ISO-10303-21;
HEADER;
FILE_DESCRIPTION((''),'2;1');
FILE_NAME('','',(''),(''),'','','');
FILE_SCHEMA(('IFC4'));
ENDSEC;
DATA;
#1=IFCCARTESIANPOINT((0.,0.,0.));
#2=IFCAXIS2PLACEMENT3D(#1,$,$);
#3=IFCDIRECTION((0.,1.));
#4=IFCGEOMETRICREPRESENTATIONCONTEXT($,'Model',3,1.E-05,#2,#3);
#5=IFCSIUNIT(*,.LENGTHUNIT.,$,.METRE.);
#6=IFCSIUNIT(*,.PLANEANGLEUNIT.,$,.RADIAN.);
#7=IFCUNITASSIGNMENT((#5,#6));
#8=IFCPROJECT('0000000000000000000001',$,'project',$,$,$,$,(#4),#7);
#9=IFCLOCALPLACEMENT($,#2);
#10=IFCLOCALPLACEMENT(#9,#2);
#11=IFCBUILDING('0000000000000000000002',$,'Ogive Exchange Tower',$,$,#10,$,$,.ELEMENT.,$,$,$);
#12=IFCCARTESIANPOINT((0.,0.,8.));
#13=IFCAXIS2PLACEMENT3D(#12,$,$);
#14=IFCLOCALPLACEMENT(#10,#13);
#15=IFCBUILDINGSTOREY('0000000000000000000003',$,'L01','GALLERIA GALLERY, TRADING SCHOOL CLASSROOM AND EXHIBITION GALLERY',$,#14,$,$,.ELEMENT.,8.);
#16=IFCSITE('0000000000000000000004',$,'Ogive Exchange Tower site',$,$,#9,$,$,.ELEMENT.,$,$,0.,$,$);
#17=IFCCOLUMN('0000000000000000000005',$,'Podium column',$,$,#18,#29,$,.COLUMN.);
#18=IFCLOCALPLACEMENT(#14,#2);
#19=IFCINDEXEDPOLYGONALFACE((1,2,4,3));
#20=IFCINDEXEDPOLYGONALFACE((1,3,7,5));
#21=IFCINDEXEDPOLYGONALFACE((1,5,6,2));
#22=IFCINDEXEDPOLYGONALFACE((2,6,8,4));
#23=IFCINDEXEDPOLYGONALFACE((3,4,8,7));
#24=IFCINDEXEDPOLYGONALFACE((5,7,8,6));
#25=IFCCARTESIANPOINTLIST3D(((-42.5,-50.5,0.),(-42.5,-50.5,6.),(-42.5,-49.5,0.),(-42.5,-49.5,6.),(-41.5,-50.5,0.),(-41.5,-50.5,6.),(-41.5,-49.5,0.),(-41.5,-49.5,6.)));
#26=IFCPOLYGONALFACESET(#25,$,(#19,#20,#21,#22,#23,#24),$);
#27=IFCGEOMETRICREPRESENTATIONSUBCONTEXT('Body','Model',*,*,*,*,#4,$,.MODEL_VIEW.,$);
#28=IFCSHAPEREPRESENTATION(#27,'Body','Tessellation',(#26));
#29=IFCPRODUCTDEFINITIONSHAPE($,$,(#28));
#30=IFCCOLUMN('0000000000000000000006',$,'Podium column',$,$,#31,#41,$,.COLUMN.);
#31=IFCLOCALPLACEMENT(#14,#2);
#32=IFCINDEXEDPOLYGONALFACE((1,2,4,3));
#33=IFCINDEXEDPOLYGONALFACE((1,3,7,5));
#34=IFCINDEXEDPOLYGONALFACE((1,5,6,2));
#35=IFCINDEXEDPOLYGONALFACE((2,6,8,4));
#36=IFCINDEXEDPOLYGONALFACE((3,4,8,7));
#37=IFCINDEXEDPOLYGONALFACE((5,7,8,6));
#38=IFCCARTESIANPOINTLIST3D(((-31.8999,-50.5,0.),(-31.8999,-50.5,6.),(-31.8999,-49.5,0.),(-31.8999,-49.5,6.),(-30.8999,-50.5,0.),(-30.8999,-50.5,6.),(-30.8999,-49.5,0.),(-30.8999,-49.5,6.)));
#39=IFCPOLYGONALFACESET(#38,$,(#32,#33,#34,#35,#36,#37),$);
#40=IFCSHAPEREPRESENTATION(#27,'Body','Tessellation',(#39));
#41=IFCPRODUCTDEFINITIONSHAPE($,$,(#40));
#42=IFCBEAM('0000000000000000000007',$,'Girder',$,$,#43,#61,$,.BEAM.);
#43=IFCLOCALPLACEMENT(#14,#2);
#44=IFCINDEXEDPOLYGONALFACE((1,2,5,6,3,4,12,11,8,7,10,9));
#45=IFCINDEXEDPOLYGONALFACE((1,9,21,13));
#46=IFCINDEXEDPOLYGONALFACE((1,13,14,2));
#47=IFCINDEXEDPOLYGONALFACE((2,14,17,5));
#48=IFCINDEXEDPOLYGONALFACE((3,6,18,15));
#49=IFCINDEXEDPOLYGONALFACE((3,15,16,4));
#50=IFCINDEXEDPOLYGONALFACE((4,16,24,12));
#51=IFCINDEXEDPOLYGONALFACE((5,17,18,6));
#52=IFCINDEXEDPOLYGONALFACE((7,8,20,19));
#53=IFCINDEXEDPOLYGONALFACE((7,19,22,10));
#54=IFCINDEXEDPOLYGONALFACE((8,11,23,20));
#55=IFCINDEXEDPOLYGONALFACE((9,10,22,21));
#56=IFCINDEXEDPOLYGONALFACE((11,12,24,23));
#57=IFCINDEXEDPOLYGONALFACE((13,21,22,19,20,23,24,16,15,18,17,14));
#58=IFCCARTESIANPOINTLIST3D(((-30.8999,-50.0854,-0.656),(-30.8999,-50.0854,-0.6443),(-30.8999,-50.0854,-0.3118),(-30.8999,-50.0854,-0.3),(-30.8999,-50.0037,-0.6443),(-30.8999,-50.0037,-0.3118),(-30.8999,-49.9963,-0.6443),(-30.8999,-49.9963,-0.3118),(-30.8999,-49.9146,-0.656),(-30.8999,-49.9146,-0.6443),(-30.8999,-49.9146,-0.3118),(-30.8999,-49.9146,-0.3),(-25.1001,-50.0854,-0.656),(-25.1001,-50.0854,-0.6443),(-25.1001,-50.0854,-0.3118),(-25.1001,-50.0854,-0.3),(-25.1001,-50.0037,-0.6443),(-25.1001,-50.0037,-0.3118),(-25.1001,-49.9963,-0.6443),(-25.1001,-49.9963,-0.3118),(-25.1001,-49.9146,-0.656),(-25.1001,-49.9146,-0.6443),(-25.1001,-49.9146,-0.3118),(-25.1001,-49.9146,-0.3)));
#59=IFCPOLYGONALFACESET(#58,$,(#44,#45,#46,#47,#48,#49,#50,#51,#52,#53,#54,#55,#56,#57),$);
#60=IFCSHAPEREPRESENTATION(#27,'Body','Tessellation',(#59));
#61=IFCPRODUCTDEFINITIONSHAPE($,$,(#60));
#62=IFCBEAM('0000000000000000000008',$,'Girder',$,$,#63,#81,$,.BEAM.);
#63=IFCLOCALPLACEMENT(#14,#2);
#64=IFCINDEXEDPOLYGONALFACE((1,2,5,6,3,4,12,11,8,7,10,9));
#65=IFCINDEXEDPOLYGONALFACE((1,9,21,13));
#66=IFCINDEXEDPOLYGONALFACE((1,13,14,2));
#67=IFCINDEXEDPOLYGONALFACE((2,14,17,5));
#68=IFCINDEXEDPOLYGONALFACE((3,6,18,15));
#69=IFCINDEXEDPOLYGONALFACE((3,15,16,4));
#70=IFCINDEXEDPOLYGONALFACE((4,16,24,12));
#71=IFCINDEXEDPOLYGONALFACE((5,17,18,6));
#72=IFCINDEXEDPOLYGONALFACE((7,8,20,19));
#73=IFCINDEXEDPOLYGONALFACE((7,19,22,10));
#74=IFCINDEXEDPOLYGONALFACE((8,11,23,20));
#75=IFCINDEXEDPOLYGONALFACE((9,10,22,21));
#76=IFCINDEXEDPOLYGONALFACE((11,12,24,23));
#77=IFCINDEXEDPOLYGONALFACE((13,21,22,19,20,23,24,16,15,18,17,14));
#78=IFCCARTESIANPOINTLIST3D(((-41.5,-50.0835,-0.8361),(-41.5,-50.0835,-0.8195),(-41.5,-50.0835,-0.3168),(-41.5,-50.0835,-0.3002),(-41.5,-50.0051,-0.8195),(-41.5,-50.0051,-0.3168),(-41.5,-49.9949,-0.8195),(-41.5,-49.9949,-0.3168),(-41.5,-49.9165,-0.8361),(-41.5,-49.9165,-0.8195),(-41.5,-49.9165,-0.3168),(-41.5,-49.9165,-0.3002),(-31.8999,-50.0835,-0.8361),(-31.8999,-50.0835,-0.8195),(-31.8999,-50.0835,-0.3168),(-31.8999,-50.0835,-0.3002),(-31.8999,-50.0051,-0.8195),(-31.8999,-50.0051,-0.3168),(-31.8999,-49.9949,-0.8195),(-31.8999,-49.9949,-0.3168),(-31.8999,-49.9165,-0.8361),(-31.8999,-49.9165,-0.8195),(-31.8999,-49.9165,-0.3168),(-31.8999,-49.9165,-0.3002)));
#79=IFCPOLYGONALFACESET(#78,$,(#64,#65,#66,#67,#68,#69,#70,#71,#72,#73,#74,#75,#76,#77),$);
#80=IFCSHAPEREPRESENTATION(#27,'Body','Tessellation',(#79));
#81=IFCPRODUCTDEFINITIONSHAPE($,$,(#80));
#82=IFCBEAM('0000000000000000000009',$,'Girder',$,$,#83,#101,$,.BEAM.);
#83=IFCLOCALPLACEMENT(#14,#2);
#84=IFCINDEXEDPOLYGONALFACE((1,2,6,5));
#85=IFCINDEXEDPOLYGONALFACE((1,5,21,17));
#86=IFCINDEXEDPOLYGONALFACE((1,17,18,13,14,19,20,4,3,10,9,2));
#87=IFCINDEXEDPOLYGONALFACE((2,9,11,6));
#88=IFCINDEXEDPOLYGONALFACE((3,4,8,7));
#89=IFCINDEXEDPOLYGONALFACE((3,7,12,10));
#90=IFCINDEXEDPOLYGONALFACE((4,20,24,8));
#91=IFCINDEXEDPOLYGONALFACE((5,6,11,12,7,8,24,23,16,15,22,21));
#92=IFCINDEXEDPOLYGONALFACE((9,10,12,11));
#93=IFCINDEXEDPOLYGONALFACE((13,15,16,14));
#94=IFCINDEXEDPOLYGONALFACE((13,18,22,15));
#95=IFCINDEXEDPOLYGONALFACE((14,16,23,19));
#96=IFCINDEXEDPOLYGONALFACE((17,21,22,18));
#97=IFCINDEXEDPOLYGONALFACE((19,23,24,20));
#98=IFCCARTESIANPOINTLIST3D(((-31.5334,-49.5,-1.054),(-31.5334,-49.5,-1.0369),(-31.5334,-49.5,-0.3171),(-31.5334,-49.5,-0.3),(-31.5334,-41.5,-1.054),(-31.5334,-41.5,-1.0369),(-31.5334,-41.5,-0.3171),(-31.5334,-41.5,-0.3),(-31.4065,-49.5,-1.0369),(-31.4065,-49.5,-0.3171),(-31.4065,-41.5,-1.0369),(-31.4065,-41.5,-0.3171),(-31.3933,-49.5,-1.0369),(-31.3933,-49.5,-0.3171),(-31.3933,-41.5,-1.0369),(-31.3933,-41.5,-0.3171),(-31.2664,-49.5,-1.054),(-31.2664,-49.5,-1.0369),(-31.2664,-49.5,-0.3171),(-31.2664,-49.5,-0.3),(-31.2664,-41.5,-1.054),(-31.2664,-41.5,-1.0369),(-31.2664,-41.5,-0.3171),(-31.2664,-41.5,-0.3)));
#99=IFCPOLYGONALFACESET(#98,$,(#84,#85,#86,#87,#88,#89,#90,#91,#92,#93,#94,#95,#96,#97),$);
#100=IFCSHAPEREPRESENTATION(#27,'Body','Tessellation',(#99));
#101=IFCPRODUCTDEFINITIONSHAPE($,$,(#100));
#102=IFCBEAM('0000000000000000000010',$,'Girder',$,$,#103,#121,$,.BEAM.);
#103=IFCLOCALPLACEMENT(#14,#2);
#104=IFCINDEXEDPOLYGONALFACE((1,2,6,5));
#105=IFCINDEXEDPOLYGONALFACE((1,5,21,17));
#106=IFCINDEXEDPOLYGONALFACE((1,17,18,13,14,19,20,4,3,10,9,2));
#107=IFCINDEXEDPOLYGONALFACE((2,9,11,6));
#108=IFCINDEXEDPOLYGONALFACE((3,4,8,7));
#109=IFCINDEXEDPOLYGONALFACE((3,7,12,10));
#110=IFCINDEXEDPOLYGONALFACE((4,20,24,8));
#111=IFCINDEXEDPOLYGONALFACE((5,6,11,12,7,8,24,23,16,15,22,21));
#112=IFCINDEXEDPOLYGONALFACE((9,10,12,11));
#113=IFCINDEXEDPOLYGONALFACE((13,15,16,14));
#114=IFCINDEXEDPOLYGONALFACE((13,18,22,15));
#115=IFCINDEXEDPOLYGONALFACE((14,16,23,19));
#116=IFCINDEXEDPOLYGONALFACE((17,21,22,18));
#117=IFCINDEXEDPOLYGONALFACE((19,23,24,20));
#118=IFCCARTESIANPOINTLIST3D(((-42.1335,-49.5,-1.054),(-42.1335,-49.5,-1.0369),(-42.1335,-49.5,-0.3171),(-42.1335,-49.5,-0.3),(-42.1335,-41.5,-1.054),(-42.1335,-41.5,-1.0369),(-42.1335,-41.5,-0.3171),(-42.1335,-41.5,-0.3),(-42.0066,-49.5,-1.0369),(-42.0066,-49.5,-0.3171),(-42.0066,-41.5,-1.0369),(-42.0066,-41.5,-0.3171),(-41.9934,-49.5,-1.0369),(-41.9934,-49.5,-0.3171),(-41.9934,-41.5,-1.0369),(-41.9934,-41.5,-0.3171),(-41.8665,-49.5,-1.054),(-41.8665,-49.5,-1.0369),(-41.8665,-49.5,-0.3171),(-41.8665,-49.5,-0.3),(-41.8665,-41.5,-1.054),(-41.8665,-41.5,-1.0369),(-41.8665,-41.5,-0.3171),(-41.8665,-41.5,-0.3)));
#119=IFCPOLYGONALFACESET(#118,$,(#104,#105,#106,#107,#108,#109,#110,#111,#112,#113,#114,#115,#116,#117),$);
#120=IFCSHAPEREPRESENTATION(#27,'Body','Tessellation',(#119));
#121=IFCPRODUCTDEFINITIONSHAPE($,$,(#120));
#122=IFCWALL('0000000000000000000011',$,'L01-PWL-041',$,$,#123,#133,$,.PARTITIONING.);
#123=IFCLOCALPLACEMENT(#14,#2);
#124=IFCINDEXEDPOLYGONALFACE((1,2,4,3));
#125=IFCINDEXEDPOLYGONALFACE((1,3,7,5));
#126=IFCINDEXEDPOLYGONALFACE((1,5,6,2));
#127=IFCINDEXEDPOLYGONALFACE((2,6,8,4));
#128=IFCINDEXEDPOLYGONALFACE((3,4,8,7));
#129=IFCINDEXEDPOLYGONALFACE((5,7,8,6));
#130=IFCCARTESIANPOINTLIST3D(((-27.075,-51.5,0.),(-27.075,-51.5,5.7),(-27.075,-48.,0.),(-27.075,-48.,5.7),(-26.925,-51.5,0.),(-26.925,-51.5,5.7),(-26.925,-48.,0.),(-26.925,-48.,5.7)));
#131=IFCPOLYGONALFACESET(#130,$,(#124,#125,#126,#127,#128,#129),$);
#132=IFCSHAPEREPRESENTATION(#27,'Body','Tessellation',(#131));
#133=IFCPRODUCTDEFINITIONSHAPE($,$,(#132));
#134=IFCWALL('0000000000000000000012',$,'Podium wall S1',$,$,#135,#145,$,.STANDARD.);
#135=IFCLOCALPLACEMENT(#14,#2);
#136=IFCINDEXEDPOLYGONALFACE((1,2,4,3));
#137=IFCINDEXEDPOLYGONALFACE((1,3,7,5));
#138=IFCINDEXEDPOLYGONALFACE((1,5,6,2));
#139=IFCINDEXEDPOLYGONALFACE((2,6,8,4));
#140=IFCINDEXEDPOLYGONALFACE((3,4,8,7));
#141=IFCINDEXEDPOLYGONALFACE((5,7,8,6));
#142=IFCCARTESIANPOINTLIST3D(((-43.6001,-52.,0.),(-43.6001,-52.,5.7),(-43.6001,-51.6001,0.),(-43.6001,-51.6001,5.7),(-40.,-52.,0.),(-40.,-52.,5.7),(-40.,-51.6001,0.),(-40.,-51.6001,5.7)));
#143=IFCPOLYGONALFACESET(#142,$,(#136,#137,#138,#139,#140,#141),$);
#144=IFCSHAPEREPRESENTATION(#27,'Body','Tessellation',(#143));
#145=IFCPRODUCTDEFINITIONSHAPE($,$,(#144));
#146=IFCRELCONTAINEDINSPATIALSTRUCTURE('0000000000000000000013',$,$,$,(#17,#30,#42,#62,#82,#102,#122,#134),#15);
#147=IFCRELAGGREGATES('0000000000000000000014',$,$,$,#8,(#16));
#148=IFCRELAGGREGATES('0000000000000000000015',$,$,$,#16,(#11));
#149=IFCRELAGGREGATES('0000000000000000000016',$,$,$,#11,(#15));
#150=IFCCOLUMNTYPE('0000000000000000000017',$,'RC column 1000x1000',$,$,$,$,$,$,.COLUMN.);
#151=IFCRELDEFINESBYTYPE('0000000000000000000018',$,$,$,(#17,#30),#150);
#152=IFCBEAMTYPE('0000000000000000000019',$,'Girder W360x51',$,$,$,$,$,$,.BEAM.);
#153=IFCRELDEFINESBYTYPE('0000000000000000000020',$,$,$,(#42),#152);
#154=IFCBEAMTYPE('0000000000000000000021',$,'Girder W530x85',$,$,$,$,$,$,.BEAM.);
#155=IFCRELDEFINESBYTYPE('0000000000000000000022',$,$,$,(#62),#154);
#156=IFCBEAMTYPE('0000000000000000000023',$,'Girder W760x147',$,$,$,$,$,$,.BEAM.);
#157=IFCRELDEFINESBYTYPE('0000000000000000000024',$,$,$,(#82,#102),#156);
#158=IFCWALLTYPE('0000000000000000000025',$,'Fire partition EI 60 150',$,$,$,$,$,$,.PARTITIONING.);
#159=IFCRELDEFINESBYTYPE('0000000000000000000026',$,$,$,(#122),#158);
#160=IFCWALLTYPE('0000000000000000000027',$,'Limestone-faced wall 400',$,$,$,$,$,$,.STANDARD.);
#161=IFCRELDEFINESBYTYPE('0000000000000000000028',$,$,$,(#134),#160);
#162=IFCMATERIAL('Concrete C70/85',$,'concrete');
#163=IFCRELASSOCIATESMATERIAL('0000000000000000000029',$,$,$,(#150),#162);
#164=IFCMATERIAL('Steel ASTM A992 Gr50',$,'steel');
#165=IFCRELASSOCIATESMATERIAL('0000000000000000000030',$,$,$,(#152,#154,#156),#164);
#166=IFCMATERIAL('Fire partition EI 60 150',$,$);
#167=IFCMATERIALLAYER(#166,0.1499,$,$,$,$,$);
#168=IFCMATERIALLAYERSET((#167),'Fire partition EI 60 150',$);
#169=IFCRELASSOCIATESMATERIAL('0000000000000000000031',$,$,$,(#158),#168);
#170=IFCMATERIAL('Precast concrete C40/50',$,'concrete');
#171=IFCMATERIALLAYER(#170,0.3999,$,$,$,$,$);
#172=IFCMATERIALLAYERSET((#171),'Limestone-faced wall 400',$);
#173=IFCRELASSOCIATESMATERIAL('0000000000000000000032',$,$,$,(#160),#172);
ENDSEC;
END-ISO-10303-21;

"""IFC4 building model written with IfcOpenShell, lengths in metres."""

from ifc_helpers import new_model, si_unit, direction, frame, frame_2d, origin, origin_2d, place, context, subcontext, project, spatial, rectangle, i_section, extrude, material, layer, layer_set, material_profile, profile_set, type_object, element, save


model = new_model("IFC4")

# Units and contexts
model_context = context("Model", 3, precision=1e-05, world=origin(), true_north=direction((0.0, 1.0)))
body_context = subcontext(model_context, "Body", "Model", "MODEL_VIEW")
ifc_project = project(units=[si_unit("LENGTHUNIT", "METRE"), si_unit("PLANEANGLEUNIT", "RADIAN")], contexts=[model_context])

# Site, building, storey
site_placement = place(None, origin())
site = spatial("IfcSite", under=ifc_project, at=site_placement, Name="Ogive Exchange Tower site", CompositionType="ELEMENT", RefElevation=0.0)
building_placement = place(site_placement, origin())
building = spatial("IfcBuilding", under=site, at=building_placement, Name="Ogive Exchange Tower", CompositionType="ELEMENT")
storey_placement = place(building_placement, frame((0.0, 0.0, 8.0)))
storey = spatial("IfcBuildingStorey", under=building, at=storey_placement, Name="L01", Description="GALLERIA GALLERY, TRADING SCHOOL CLASSROOM AND EXHIBITION GALLERY", CompositionType="ELEMENT", Elevation=8.0)

# Columns
ifc_material_1 = material(Name="Concrete C70/85", Category="concrete")
ifc_material_profile_1 = material_profile(ifc_material_1, rectangle(XDim=1.0, YDim=1.0, at=origin_2d()), Name="RC 1000x1000")
ifc_profile_set_1 = profile_set([ifc_material_profile_1], Name="Concrete C70/85")
column_type = type_object("IfcColumnType", Name="RC column 1000x1000", PredefinedType="COLUMN", material=ifc_profile_set_1)
for number, where, z_axis, x_axis, name in (
    (1, (-42.0, -50.0, 0.0), (0.0, 0.0, 1.0), (1.0, 0.0, 0.0), "Podium column"),
    (2, (-31.3999, -50.0, 0.0), (0.0, 0.0, 1.0), (1.0, 0.0, 0.0), "Podium column"),
):
    element("IfcColumn", number, at=place(storey_placement, frame(where, z_axis=z_axis, x_axis=x_axis)), inside=storey, type_object=column_type, Name=name, PredefinedType="COLUMN", context=body_context, shape_type="SweptSolid", body=[
        extrude(rectangle(XDim=1.0, YDim=1.0, at=origin_2d()), origin(), (0.0, 0.0, 1.0), 6.0),
    ])

# Beams
ifc_material_2 = material(Name="Steel ASTM A992 Gr50", Category="steel")
ifc_material_profile_2 = material_profile(ifc_material_2, i_section(OverallWidth=0.1709, OverallDepth=0.356, WebThickness=0.0073, FlangeThickness=0.0117, at=origin_2d()), Name="W360x51")
ifc_profile_set_2 = profile_set([ifc_material_profile_2], Name="Steel ASTM A992 Gr50")
beam_type_1 = type_object("IfcBeamType", Name="Girder W360x51", PredefinedType="BEAM", material=ifc_profile_set_2)
beam_1_placement = place(storey_placement, frame((-30.8999, -50.0, -0.478), z_axis=(1.0, 0.0, 0.0), x_axis=(0.0, 1.0, 0.0)))
element("IfcBeam", 3, at=beam_1_placement, inside=storey, type_object=beam_type_1, Name="Girder", PredefinedType="BEAM", context=body_context, shape_type="SweptSolid", body=[
    extrude(i_section(OverallWidth=0.1709, OverallDepth=0.356, WebThickness=0.0073, FlangeThickness=0.0117, at=origin_2d()), origin(), (0.0, 0.0, 1.0), 5.7998),
])
ifc_material_profile_3 = material_profile(ifc_material_2, i_section(OverallWidth=0.167, OverallDepth=0.5359, WebThickness=0.0103, FlangeThickness=0.0166, at=origin_2d()), Name="W530x85")
ifc_profile_set_3 = profile_set([ifc_material_profile_3], Name="Steel ASTM A992 Gr50")
beam_type_2 = type_object("IfcBeamType", Name="Girder W530x85", PredefinedType="BEAM", material=ifc_profile_set_3)
beam_2_placement = place(storey_placement, frame((-41.5, -50.0, -0.5681), z_axis=(1.0, 0.0, 0.0), x_axis=(0.0, 1.0, 0.0)))
element("IfcBeam", 4, at=beam_2_placement, inside=storey, type_object=beam_type_2, Name="Girder", PredefinedType="BEAM", context=body_context, shape_type="SweptSolid", body=[
    extrude(i_section(OverallWidth=0.167, OverallDepth=0.5359, WebThickness=0.0103, FlangeThickness=0.0166, at=origin_2d()), origin(), (0.0, 0.0, 1.0), 9.6001),
])
ifc_material_profile_4 = material_profile(ifc_material_2, i_section(OverallWidth=0.2671, OverallDepth=0.7539, WebThickness=0.0132, FlangeThickness=0.0171, at=origin_2d()), Name="W760x147")
ifc_profile_set_4 = profile_set([ifc_material_profile_4], Name="Steel ASTM A992 Gr50")
beam_type_3 = type_object("IfcBeamType", Name="Girder W760x147", PredefinedType="BEAM", material=ifc_profile_set_4)
for number, where, z_axis, x_axis, name in (
    (5, (-31.3999, -49.5, -0.677), (0.0, 1.0, 0.0), (-1.0, 0.0, 0.0), "Girder"),
    (6, (-42.0, -49.5, -0.677), (0.0, 1.0, 0.0), (-1.0, 0.0, 0.0), "Girder"),
):
    element("IfcBeam", number, at=place(storey_placement, frame(where, z_axis=z_axis, x_axis=x_axis)), inside=storey, type_object=beam_type_3, Name=name, PredefinedType="BEAM", context=body_context, shape_type="SweptSolid", body=[
        extrude(i_section(OverallWidth=0.2671, OverallDepth=0.7539, WebThickness=0.0132, FlangeThickness=0.0171, at=origin_2d()), origin(), (0.0, 0.0, 1.0), 8.0),
    ])

# Walls
ifc_material_3 = material(Name="Fire partition EI 60 150")
ifc_layer_1 = layer(ifc_material_3, 0.1499)
ifc_layer_set_1 = layer_set([ifc_layer_1], Name="Fire partition EI 60 150")
wall_type_1 = type_object("IfcWallType", Name="Fire partition EI 60 150", PredefinedType="PARTITIONING", material=ifc_layer_set_1)
wall_1_placement = place(storey_placement, frame((-27.0, -51.5, 0.0), z_axis=(0.0, 0.0, 1.0), x_axis=(0.0, 1.0, 0.0)))
element("IfcWall", 7, at=wall_1_placement, inside=storey, type_object=wall_type_1, Name="L01-PWL-041", PredefinedType="PARTITIONING", context=body_context, shape_type="SweptSolid", body=[
    extrude(rectangle(XDim=3.5, YDim=0.1499, at=frame_2d((1.75, 0.0))), origin(), (0.0, 0.0, 1.0), 5.7),
])
ifc_material_4 = material(Name="Precast concrete C40/50", Category="concrete")
ifc_layer_2 = layer(ifc_material_4, 0.3999)
ifc_layer_set_2 = layer_set([ifc_layer_2], Name="Limestone-faced wall 400")
wall_type_2 = type_object("IfcWallType", Name="Limestone-faced wall 400", PredefinedType="STANDARD", material=ifc_layer_set_2)
wall_2_placement = place(storey_placement, frame((-43.6001, -51.8, 0.0), z_axis=(0.0, 0.0, 1.0), x_axis=(1.0, 0.0, 0.0)))
element("IfcWall", 8, at=wall_2_placement, inside=storey, type_object=wall_type_2, Name="Podium wall S1", PredefinedType="STANDARD", context=body_context, shape_type="SweptSolid", body=[
    extrude(rectangle(XDim=3.6001, YDim=0.3999, at=frame_2d((1.8, 0.0))), origin(), (0.0, 0.0, 1.0), 5.7),
])

save(model, "model.ifc")
